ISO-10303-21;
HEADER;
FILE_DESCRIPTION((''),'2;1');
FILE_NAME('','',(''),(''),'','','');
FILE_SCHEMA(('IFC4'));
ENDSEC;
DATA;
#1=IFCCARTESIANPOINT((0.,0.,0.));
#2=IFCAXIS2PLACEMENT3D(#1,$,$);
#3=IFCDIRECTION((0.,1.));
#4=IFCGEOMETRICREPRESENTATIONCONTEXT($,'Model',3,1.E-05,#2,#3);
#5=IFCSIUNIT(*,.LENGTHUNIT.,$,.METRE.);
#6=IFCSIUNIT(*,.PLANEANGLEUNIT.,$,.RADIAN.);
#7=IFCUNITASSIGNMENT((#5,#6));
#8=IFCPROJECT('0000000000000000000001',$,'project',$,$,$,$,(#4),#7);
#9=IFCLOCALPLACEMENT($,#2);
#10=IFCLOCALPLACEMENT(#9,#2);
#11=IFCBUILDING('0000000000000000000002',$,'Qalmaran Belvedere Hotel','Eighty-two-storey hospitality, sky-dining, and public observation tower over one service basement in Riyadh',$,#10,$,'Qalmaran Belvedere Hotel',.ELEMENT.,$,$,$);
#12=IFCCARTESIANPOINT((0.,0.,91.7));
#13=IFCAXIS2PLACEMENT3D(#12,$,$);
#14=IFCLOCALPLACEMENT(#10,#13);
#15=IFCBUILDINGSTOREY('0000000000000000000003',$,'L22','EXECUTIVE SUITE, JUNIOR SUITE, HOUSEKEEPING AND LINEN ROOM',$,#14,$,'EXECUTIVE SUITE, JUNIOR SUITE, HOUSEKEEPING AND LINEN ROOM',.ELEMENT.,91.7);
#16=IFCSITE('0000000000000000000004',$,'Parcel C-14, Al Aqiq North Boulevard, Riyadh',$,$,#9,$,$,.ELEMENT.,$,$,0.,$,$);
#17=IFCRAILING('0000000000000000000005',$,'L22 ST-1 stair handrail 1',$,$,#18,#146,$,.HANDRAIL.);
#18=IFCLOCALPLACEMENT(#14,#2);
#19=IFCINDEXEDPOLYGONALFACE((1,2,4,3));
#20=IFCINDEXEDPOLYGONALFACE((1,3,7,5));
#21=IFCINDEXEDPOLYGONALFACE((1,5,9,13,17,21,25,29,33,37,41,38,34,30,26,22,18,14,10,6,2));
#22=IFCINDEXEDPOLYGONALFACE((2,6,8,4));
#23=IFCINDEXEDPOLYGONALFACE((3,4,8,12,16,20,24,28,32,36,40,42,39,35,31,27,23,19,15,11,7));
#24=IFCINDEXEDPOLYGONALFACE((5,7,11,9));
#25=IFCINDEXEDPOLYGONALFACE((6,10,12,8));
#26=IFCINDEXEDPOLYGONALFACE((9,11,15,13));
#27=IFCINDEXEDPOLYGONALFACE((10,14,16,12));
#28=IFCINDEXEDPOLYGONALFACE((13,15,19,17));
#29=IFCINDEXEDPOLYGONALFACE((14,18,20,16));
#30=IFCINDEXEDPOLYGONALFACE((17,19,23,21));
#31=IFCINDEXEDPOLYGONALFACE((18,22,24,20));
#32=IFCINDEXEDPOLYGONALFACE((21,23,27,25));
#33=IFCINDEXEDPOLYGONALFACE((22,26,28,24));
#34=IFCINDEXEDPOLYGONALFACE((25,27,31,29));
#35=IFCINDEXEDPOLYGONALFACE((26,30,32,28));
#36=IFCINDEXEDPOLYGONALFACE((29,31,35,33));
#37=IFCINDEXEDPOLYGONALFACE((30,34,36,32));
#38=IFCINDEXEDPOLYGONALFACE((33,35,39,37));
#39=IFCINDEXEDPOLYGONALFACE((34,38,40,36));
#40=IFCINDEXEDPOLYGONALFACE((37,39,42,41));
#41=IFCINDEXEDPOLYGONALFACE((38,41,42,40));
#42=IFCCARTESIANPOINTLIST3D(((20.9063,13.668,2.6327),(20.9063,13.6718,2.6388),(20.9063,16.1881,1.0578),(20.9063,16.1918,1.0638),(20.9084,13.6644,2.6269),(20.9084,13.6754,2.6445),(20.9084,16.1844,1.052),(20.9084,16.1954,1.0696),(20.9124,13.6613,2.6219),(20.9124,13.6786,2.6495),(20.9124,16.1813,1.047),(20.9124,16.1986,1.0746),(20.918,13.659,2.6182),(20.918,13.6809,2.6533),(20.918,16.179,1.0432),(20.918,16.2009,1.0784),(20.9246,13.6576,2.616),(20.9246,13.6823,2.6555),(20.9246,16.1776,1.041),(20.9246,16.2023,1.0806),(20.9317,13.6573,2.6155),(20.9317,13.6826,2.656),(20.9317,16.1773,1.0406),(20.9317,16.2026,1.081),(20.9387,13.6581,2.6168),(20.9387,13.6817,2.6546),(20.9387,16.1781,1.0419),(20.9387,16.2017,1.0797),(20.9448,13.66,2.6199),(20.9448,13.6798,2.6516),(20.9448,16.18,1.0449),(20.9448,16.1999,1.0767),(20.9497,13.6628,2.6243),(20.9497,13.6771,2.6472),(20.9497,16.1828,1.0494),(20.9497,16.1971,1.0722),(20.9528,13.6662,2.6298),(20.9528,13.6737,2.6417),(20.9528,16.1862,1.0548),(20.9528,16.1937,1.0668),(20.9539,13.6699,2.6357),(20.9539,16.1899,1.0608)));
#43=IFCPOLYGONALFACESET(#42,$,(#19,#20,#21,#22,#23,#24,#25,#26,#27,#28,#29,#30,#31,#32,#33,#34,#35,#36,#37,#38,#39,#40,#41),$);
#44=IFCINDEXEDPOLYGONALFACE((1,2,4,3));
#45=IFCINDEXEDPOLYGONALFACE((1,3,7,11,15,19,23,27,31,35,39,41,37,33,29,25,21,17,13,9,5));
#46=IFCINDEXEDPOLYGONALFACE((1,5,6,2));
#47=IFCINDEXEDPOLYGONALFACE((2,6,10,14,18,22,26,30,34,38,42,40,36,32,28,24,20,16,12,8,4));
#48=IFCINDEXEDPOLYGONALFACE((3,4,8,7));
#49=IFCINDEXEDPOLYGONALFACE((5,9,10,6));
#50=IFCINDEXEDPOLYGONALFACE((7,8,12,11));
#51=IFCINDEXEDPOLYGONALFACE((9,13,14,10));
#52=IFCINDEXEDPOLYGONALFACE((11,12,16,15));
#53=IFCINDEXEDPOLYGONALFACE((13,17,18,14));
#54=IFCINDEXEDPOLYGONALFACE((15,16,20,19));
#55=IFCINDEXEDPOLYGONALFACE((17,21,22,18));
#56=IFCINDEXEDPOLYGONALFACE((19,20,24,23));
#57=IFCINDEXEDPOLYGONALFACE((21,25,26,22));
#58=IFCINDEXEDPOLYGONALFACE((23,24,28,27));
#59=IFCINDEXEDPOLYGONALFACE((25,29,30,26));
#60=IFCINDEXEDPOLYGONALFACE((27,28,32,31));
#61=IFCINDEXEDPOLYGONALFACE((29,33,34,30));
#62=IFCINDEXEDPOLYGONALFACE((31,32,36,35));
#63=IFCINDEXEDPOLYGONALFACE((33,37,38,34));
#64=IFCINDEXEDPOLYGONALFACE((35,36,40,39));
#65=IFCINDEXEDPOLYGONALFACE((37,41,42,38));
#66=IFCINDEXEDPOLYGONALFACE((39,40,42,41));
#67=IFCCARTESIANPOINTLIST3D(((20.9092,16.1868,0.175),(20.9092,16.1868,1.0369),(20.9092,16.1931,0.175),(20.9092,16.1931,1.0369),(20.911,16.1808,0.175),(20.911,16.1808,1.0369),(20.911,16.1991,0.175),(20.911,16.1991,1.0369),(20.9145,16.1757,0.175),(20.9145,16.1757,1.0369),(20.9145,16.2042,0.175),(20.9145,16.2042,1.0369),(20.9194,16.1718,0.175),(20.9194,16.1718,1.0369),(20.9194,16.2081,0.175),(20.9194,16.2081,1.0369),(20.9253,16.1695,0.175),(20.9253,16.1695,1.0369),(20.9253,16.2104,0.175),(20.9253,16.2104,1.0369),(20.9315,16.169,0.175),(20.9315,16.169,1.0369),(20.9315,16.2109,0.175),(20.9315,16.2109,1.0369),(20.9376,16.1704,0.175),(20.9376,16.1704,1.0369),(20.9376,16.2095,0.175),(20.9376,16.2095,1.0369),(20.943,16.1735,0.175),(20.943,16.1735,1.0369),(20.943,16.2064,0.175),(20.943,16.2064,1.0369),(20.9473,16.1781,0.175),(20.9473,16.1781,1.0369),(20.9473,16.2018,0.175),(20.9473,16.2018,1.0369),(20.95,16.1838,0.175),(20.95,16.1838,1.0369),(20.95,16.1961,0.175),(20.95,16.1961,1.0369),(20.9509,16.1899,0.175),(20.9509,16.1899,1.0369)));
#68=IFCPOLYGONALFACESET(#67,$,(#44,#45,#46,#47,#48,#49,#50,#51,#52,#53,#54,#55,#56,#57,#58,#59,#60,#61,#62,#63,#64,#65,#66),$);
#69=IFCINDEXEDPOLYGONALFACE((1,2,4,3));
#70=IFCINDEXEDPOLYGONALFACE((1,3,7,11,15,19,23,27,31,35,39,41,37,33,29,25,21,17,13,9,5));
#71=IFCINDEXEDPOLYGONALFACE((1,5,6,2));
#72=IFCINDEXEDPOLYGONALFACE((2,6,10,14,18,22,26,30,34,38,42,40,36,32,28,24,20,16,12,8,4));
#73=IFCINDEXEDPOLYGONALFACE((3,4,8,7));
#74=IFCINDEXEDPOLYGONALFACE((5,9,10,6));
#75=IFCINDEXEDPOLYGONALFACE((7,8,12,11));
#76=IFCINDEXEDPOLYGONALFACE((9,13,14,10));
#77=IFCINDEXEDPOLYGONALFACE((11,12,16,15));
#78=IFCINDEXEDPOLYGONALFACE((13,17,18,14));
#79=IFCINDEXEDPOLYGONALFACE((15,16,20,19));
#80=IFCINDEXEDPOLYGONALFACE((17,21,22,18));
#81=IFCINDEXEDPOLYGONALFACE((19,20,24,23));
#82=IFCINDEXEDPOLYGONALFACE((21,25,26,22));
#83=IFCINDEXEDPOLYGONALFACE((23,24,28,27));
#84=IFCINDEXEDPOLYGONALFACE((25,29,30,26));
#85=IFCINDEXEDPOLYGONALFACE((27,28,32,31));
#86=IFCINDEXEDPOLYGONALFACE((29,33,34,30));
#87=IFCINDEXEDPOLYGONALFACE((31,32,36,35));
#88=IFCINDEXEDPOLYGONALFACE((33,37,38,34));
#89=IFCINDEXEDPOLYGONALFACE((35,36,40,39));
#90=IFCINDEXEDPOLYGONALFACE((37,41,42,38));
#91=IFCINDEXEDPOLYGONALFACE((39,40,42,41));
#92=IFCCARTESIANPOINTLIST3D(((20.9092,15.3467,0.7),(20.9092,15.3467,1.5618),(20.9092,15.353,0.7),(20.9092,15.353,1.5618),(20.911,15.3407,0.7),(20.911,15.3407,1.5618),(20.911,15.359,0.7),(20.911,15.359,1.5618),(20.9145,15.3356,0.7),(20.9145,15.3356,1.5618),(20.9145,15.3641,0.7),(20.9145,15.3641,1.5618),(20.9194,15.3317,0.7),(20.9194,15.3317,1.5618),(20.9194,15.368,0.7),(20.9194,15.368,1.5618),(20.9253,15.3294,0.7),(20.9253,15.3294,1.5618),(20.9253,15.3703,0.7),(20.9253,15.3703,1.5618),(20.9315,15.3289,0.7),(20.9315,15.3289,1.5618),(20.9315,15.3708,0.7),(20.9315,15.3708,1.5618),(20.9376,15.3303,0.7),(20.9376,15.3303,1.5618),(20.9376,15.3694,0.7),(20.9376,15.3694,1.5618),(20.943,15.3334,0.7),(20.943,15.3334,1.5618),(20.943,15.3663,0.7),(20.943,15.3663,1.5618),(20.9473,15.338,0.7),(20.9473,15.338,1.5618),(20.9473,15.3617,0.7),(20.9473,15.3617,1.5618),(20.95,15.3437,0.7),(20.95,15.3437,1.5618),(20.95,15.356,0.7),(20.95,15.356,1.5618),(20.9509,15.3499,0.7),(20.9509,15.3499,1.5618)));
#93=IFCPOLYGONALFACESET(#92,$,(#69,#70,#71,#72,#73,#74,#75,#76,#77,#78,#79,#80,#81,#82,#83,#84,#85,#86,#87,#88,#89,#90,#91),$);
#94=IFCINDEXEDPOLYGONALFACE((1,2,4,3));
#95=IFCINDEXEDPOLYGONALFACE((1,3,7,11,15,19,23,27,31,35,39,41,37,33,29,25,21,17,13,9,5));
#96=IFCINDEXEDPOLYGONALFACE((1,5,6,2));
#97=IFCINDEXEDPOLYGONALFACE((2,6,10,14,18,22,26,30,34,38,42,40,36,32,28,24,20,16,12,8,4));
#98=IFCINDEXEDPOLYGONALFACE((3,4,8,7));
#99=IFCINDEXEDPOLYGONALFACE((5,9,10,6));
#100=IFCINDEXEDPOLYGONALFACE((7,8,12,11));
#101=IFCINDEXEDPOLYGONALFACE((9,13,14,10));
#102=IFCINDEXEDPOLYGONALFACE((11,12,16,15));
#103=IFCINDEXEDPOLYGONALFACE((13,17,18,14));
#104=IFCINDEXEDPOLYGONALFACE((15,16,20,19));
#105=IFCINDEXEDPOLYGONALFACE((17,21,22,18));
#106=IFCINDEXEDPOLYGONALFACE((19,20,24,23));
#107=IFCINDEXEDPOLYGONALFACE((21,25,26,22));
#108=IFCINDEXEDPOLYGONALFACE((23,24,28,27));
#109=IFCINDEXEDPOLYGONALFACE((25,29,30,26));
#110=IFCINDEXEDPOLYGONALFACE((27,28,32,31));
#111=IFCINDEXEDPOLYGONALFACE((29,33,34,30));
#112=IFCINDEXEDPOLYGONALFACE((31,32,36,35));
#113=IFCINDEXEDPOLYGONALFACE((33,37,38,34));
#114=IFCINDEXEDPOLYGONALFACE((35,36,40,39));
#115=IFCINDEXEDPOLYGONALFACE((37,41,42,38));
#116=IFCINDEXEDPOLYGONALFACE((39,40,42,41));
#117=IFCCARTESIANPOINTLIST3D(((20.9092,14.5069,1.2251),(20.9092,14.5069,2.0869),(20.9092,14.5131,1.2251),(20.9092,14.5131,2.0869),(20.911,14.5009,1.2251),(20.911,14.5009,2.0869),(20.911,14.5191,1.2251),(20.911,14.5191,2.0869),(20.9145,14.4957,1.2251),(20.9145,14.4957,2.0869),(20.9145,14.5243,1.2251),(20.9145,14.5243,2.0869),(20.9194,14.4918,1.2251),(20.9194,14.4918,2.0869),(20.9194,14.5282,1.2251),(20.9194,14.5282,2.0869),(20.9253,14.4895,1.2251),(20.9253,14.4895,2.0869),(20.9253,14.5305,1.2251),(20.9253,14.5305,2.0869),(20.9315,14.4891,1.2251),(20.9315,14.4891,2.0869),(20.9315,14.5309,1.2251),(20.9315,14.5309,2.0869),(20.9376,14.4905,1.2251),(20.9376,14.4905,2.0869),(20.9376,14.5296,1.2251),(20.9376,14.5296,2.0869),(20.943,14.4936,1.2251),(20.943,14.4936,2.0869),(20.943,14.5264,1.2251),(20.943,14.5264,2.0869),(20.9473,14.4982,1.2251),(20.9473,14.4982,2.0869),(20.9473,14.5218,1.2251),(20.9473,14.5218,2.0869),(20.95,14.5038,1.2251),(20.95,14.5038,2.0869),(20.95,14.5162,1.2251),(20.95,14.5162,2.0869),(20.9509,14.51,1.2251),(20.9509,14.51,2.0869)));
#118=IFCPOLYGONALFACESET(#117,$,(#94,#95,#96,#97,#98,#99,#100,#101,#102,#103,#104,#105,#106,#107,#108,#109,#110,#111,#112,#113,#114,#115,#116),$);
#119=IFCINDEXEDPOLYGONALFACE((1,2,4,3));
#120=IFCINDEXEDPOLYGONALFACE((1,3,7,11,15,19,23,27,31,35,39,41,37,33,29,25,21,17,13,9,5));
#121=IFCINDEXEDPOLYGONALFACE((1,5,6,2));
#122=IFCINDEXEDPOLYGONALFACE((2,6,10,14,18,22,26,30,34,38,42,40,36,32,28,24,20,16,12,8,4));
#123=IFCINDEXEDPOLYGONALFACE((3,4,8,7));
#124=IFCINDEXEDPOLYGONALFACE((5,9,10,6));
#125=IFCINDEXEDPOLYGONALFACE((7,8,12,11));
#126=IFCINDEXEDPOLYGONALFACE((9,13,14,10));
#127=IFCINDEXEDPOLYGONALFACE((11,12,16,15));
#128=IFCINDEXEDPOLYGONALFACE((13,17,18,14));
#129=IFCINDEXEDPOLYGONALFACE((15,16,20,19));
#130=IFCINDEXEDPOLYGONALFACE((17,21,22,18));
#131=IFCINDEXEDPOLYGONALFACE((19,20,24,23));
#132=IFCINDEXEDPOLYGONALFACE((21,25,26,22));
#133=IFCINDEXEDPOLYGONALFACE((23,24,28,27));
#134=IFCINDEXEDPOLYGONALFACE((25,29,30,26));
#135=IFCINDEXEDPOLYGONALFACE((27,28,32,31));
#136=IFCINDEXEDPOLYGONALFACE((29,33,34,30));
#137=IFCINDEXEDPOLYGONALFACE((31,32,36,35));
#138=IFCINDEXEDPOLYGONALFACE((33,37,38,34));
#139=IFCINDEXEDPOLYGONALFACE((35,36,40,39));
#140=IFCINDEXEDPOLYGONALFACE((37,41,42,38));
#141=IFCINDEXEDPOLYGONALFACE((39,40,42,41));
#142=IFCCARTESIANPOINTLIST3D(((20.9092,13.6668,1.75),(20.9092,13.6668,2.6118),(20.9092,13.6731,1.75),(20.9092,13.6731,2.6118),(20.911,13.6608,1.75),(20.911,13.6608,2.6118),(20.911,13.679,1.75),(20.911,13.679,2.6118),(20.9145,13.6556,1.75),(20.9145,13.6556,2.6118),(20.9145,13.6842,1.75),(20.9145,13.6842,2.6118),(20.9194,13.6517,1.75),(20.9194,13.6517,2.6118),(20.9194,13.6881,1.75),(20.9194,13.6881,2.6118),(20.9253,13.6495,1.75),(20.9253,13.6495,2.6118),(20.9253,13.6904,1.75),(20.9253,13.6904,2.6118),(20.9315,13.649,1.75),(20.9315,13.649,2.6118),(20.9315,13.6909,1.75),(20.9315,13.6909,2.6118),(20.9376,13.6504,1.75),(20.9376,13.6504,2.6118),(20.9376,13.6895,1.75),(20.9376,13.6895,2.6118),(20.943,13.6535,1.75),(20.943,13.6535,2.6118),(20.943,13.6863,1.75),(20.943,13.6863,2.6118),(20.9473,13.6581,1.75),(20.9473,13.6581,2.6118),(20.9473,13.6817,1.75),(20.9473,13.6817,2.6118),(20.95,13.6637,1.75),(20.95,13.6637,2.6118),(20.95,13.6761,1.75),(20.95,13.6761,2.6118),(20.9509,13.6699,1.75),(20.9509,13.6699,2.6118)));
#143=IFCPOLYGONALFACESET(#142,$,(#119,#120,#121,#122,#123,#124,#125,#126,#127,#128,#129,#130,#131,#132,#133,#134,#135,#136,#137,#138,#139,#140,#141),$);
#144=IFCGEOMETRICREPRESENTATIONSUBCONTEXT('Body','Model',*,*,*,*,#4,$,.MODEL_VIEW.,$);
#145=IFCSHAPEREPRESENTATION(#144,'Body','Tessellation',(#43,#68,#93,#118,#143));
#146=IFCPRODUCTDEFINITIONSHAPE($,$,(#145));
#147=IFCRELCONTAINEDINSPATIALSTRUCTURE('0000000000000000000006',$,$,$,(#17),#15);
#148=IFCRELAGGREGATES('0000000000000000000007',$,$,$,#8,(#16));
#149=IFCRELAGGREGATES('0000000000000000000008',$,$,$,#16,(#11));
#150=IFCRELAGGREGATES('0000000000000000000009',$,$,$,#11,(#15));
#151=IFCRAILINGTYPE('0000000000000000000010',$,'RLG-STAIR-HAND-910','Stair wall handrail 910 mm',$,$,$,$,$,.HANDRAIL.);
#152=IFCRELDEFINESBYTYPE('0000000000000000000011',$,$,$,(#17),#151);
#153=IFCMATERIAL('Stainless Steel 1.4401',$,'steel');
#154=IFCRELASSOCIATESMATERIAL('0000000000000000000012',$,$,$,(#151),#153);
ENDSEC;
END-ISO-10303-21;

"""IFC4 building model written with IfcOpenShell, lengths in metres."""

from ifc_helpers import new_model, si_unit, direction, frame, origin, origin_2d, place, context, subcontext, project, spatial, circle, extrude, material, type_object, element, save


model = new_model("IFC4")

# Units and contexts
model_context = context("Model", 3, precision=1e-05, world=origin(), true_north=direction((0.0, 1.0)))
body_context = subcontext(model_context, "Body", "Model", "MODEL_VIEW")
ifc_project = project(units=[si_unit("LENGTHUNIT", "METRE"), si_unit("PLANEANGLEUNIT", "RADIAN")], contexts=[model_context])

# Site, building, storey
site_placement = place(None, origin())
site = spatial("IfcSite", under=ifc_project, at=site_placement, Name="Parcel C-14, Al Aqiq North Boulevard, Riyadh", CompositionType="ELEMENT", RefElevation=0.0)
building_placement = place(site_placement, origin())
building = spatial("IfcBuilding", under=site, at=building_placement, Name="Qalmaran Belvedere Hotel", Description="Eighty-two-storey hospitality, sky-dining, and public observation tower over one service basement in Riyadh", LongName="Qalmaran Belvedere Hotel", CompositionType="ELEMENT")
storey_placement = place(building_placement, frame((0.0, 0.0, 91.7)))
storey = spatial("IfcBuildingStorey", under=building, at=storey_placement, Name="L22", Description="EXECUTIVE SUITE, JUNIOR SUITE, HOUSEKEEPING AND LINEN ROOM", LongName="EXECUTIVE SUITE, JUNIOR SUITE, HOUSEKEEPING AND LINEN ROOM", CompositionType="ELEMENT", Elevation=91.7)

# Shared definitions
ifc_material_1 = material(Name="Stainless Steel 1.4401", Category="steel")

# Railing
railing_type_1 = type_object("IfcRailingType", Name="RLG-STAIR-HAND-910", Description="Stair wall handrail 910 mm", PredefinedType="HANDRAIL", material=ifc_material_1)
railing_1_placement = place(storey_placement, frame((20.9299, 16.1899, 0.175)))
element("IfcRailing", 1, at=railing_1_placement, inside=storey, type_object=railing_type_1, Name="L22 ST-1 stair handrail 1", PredefinedType="HANDRAIL", context=body_context, shape_type="SweptSolid", body=[
    extrude(circle(Radius=0.0239, at=origin_2d()), frame((0.0, 0.0, 0.8857), z_axis=(0.0, -0.848008, 0.529984), x_axis=(1.0, 0.0, 0.0)), (0.0, 0.0, 1.0), 2.9717),
    extrude(circle(Radius=0.021, at=origin_2d()), origin(), (0.0, 0.0, 1.0), 0.8618),
    extrude(circle(Radius=0.021, at=origin_2d()), frame((0.0, -0.8401, 0.5249)), (0.0, 0.0, 1.0), 0.8618),
    extrude(circle(Radius=0.021, at=origin_2d()), frame((0.0, -1.6799, 1.05)), (0.0, 0.0, 1.0), 0.8618),
    extrude(circle(Radius=0.021, at=origin_2d()), frame((0.0, -2.52, 1.575)), (0.0, 0.0, 1.0), 0.8618),
])

save(model, "model.ifc")
